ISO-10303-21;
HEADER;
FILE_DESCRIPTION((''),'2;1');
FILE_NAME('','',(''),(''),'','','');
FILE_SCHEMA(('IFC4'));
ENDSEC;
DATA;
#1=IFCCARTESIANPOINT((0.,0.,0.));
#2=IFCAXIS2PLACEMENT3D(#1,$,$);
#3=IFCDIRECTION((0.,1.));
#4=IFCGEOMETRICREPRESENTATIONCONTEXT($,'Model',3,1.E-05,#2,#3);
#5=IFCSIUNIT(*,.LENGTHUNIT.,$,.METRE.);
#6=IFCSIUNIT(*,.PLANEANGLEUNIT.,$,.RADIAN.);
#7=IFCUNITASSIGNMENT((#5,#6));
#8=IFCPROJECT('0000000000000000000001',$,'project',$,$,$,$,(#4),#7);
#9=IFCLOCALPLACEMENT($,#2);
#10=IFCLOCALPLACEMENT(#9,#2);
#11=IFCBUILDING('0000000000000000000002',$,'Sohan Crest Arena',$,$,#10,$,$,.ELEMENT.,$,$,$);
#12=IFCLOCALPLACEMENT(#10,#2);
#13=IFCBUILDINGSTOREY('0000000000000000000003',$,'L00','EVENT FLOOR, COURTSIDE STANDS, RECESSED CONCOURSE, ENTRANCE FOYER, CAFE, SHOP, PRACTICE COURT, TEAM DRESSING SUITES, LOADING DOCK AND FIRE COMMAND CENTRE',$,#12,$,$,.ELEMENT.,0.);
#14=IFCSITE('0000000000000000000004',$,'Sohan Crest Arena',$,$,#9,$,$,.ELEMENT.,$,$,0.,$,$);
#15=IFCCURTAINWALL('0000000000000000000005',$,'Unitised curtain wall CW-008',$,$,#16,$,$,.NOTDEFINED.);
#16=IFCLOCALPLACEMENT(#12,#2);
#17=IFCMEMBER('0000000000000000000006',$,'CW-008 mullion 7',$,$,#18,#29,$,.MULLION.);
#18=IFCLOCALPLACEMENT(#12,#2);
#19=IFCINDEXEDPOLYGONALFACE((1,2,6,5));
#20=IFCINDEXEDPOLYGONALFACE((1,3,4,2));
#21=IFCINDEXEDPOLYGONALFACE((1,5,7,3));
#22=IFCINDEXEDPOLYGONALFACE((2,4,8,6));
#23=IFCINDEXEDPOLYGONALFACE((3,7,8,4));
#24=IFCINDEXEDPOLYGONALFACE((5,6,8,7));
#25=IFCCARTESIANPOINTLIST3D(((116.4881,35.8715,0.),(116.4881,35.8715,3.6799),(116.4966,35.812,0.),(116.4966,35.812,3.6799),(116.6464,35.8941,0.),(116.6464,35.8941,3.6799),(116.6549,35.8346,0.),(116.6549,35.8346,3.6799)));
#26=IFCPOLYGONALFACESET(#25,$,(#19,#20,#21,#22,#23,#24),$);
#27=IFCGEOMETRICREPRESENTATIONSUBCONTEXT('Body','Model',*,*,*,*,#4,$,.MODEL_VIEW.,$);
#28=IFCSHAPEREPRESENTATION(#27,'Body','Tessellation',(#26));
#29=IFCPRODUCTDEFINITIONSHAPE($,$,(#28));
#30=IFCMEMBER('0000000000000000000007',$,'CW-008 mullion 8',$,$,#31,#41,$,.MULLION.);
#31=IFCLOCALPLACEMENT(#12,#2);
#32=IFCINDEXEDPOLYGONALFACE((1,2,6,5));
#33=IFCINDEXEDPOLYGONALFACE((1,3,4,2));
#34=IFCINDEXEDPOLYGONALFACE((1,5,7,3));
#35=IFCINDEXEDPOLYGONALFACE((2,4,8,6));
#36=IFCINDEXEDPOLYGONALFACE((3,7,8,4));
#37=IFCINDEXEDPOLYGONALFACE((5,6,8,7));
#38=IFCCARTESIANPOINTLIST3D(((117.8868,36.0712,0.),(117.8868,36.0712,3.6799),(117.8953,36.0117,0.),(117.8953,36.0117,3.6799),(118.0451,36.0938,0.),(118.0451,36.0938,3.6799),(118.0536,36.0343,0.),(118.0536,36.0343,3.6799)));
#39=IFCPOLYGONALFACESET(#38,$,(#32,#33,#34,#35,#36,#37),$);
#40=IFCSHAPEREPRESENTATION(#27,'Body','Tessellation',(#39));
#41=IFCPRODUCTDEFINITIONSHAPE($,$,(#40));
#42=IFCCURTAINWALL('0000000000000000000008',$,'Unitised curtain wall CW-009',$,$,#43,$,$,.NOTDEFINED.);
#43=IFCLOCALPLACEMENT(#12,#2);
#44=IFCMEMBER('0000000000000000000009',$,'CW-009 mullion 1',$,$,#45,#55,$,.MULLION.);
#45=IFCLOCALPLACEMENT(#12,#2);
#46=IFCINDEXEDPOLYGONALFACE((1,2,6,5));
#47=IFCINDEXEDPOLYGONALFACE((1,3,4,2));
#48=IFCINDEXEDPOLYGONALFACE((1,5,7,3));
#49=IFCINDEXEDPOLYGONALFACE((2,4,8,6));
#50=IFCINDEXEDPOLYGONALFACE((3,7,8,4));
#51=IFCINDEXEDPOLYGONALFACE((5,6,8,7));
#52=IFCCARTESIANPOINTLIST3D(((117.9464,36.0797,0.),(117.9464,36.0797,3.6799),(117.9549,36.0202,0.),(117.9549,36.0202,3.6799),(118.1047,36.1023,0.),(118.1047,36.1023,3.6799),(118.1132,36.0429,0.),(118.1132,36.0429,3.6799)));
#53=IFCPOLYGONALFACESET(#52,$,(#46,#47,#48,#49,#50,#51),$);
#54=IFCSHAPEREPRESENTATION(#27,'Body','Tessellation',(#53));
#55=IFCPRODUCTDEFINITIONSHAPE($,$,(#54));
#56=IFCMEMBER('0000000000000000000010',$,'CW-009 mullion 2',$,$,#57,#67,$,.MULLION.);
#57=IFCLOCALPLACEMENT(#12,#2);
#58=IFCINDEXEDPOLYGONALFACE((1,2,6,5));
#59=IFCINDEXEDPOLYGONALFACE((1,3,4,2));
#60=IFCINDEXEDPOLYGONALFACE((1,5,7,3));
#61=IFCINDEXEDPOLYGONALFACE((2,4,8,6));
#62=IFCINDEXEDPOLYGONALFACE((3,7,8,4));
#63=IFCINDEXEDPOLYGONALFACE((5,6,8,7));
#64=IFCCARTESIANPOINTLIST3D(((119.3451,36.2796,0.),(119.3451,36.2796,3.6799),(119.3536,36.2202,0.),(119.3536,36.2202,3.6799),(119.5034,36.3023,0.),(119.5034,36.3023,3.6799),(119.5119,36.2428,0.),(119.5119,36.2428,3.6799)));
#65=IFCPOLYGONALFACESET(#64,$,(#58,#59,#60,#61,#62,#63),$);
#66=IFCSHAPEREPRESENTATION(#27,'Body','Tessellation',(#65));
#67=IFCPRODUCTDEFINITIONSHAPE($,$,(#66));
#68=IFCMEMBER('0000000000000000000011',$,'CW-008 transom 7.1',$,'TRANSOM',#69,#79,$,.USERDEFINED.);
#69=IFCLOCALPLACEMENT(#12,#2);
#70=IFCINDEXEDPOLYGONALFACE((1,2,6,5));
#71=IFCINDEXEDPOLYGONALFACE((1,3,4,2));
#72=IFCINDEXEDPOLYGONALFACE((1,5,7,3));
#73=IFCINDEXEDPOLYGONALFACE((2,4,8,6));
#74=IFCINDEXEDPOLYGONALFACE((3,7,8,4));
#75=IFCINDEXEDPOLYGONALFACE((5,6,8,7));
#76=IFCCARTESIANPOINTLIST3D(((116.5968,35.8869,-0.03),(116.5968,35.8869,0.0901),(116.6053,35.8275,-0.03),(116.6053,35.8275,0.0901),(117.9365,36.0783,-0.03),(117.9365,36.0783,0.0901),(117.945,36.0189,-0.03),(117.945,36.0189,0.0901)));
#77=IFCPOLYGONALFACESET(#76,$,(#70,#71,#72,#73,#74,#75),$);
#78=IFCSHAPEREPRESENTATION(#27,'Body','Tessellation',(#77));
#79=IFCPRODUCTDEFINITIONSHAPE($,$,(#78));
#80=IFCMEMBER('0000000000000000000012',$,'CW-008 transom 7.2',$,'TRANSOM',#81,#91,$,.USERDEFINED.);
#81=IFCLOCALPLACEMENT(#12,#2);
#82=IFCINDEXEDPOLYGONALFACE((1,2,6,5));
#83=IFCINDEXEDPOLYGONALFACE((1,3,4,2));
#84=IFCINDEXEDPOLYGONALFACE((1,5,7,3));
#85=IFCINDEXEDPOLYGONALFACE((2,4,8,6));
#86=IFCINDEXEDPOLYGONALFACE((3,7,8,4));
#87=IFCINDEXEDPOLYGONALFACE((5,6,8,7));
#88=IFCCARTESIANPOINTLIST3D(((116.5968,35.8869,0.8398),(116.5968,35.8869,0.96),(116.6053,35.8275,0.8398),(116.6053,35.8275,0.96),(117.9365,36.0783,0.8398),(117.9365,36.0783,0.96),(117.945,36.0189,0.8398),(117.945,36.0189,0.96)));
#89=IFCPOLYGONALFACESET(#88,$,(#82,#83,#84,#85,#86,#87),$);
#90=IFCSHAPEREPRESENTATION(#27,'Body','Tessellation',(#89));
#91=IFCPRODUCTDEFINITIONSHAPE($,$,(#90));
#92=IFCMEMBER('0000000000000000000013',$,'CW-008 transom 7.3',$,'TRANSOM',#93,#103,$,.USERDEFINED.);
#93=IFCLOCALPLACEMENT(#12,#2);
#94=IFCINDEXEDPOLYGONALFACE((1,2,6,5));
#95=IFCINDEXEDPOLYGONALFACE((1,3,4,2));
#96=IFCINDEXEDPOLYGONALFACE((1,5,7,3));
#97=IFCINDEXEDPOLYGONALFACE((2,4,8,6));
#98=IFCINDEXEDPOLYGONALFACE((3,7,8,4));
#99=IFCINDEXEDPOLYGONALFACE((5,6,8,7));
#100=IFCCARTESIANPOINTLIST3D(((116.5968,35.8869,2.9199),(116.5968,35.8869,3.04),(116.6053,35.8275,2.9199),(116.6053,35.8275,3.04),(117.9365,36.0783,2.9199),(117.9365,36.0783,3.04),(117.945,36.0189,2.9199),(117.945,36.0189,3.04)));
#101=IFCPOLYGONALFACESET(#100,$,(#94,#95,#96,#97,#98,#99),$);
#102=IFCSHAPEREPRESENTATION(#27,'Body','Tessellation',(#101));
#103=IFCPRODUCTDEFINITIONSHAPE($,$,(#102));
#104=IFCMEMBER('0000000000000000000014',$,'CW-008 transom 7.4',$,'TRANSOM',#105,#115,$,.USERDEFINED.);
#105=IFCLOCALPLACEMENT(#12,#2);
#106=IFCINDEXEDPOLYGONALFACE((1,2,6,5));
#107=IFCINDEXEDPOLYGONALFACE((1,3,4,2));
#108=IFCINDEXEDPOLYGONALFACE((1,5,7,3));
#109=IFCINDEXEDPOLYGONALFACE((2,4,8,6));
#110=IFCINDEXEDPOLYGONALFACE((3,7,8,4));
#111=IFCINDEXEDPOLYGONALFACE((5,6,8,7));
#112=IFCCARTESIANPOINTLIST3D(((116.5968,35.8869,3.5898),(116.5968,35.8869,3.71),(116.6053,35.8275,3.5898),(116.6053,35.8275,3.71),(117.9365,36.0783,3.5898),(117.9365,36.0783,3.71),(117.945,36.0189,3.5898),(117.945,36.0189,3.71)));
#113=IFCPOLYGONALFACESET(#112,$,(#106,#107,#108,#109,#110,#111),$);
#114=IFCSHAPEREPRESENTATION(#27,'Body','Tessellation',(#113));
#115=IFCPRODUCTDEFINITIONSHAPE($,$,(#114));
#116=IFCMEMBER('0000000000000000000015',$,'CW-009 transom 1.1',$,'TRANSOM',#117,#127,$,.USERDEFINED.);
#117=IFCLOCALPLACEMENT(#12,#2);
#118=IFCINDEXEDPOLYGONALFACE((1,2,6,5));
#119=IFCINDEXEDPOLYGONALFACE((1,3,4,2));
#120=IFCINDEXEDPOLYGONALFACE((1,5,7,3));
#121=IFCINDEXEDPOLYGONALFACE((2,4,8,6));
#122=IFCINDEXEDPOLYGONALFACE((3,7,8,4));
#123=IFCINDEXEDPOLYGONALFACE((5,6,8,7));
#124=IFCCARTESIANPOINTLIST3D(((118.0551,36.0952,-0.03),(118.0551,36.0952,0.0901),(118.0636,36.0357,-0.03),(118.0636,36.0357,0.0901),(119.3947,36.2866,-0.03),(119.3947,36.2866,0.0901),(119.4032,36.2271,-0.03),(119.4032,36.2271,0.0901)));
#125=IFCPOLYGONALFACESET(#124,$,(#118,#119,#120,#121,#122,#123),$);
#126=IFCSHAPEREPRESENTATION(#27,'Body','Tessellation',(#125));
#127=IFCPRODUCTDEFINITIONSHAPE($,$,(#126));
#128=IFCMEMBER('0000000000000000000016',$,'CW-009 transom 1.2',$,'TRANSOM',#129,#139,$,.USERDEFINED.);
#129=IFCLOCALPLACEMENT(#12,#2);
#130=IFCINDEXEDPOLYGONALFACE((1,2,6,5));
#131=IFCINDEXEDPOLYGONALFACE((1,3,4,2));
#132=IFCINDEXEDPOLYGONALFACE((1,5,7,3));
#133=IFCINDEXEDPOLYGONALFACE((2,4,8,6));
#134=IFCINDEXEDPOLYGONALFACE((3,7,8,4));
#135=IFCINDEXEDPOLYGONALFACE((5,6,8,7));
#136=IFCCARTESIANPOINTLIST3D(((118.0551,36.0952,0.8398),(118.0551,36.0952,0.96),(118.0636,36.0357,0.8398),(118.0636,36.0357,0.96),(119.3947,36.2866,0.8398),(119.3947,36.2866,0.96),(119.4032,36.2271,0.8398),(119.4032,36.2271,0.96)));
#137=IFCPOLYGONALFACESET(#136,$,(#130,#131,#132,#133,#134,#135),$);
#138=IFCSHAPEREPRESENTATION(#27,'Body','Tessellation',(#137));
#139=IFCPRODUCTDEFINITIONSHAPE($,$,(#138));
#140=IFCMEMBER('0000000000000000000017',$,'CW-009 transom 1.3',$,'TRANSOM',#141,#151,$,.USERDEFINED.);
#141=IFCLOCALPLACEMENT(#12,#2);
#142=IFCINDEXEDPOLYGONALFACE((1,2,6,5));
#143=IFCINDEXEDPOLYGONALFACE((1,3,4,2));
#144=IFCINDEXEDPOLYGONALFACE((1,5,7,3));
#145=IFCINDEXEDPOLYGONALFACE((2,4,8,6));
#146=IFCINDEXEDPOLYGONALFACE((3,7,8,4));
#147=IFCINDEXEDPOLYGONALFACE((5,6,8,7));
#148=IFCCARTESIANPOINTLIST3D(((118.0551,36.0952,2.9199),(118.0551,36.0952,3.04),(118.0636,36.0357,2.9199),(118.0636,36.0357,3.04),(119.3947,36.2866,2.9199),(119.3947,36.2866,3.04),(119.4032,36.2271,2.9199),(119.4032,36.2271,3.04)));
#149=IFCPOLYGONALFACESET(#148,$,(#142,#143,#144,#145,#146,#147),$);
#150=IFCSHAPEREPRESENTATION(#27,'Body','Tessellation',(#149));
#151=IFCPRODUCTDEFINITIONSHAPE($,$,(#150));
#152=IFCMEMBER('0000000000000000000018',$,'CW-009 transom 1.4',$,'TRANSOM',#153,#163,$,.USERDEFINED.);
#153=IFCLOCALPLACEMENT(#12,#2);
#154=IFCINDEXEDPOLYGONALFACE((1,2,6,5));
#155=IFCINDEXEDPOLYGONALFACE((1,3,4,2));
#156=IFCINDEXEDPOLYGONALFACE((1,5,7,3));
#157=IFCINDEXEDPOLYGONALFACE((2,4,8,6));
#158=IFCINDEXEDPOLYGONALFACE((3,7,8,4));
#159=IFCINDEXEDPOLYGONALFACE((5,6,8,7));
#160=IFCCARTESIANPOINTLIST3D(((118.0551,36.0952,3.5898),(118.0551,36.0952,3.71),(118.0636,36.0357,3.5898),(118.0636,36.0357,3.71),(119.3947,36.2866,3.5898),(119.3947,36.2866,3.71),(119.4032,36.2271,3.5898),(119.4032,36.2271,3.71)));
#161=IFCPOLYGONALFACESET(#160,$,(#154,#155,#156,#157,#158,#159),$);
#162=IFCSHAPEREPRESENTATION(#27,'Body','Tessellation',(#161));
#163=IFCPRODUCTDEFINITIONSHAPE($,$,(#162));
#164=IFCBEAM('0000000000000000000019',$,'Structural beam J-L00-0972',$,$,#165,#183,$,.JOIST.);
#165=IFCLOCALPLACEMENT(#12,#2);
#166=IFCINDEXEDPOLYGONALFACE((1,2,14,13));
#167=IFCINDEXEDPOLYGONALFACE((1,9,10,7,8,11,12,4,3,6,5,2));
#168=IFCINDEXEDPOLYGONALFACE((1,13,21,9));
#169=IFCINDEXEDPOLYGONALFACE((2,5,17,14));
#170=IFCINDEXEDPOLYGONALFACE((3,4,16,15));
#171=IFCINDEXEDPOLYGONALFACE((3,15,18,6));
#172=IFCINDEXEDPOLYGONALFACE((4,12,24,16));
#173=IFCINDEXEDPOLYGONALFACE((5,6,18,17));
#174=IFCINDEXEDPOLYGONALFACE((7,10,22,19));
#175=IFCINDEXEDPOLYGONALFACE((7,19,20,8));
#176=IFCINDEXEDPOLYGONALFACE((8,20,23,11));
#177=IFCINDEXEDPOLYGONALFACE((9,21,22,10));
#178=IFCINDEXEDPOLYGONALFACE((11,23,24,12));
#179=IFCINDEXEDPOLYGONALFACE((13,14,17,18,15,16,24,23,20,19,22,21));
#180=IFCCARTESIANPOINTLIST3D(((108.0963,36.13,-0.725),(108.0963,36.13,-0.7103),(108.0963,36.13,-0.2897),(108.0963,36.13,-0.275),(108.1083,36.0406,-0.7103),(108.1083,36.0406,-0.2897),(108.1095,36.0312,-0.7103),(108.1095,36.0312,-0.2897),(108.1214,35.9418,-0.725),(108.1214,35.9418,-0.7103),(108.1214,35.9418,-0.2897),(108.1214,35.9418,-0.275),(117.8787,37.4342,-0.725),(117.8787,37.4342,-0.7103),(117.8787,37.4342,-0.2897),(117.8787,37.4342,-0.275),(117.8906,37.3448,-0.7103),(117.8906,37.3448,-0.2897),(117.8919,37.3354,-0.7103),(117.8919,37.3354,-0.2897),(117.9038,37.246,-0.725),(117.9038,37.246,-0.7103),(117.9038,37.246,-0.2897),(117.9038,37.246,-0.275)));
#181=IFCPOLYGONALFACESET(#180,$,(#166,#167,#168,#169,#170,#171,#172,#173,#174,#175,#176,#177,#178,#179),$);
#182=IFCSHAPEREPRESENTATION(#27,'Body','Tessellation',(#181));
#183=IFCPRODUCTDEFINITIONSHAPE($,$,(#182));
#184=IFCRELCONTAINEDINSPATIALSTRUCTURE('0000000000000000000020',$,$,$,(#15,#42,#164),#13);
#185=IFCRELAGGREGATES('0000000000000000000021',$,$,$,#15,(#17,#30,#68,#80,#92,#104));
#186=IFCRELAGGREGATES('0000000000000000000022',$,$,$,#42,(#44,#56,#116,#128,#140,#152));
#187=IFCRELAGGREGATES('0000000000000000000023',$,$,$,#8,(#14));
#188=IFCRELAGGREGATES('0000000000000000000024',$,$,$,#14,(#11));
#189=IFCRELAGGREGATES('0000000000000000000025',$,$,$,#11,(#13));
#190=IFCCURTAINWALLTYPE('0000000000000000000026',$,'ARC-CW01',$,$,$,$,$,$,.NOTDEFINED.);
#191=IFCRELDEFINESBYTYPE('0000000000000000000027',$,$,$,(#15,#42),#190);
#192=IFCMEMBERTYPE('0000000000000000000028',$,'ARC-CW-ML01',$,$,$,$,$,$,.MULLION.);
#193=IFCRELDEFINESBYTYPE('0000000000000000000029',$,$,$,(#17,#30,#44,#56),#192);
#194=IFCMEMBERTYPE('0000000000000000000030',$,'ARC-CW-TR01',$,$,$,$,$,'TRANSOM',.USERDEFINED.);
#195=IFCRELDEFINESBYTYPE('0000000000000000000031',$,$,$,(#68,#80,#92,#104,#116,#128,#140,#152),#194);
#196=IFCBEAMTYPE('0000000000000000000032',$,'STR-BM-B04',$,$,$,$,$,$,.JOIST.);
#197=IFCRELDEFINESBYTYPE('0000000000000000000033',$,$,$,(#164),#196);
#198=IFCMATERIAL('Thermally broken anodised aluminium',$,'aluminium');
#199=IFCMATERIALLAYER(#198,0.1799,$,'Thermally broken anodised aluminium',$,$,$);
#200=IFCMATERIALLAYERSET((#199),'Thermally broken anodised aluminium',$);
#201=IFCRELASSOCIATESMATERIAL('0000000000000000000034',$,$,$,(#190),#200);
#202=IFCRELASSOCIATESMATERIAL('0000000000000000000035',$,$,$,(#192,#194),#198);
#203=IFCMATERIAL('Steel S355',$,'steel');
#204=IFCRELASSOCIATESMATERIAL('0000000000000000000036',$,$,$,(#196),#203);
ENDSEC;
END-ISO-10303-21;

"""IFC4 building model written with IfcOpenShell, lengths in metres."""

from ifc_helpers import new_model, si_unit, direction, frame, origin, origin_2d, place, context, subcontext, project, spatial, rectangle, i_section, extrude, material, layer, layer_set, material_profile, profile_set, type_object, element, aggregate, save


model = new_model("IFC4")

# Units and contexts
model_context = context("Model", 3, precision=1e-05, world=origin(), true_north=direction((0.0, 1.0)))
body_context = subcontext(model_context, "Body", "Model", "MODEL_VIEW")
ifc_project = project(units=[si_unit("LENGTHUNIT", "METRE"), si_unit("PLANEANGLEUNIT", "RADIAN")], contexts=[model_context])

# Site, building, storey
site_placement = place(None, origin())
site = spatial("IfcSite", under=ifc_project, at=site_placement, Name="Sohan Crest Arena", CompositionType="ELEMENT", RefElevation=0.0)
building_placement = place(site_placement, origin())
building = spatial("IfcBuilding", under=site, at=building_placement, Name="Sohan Crest Arena", CompositionType="ELEMENT")
storey_placement = place(building_placement, origin())
storey = spatial("IfcBuildingStorey", under=building, at=storey_placement, Name="L00", Description="EVENT FLOOR, COURTSIDE STANDS, RECESSED CONCOURSE, ENTRANCE FOYER, CAFE, SHOP, PRACTICE COURT, TEAM DRESSING SUITES, LOADING DOCK AND FIRE COMMAND CENTRE", CompositionType="ELEMENT", Elevation=0.0)

# Curtain walls, members
ifc_material_1 = material(Name="Thermally broken anodised aluminium", Category="aluminium")
ifc_layer_1 = layer(ifc_material_1, 0.1799, Name="Thermally broken anodised aluminium")
ifc_layer_set_1 = layer_set([ifc_layer_1], Name="Thermally broken anodised aluminium")
curtain_wall_type = type_object("IfcCurtainWallType", Name="ARC-CW01", PredefinedType="NOTDEFINED", material=ifc_layer_set_1)
curtain_wall_1_placement = place(storey_placement, origin())
curtain_wall_1 = element("IfcCurtainWall", 1, at=curtain_wall_1_placement, inside=storey, type_object=curtain_wall_type, Name="Unitised curtain wall CW-008", PredefinedType="NOTDEFINED")
ifc_material_profile_1 = material_profile(ifc_material_1, rectangle(XDim=0.0601, YDim=0.1599, at=origin_2d()), Name="ALU-MULL 60x160")
ifc_profile_set_1 = profile_set([ifc_material_profile_1], Name="Thermally broken anodised aluminium")
member_type_1 = type_object("IfcMemberType", Name="ARC-CW-ML01", PredefinedType="MULLION", material=ifc_profile_set_1)
member_1_placement = place(storey_placement, frame((116.5715, 35.853, 0.0), z_axis=(0.0, 0.0, 1.0), x_axis=(-0.141366, 0.989957, 0.0)))
member_1 = element("IfcMember", 2, at=member_1_placement, type_object=member_type_1, Name="CW-008 mullion 7", PredefinedType="MULLION", context=body_context, shape_type="SweptSolid", body=[
    extrude(rectangle(XDim=0.0601, YDim=0.1599, at=origin_2d()), origin(), (0.0, 0.0, 1.0), 3.6799),
])
member_2_placement = place(storey_placement, frame((117.9702, 36.0527, 0.0), z_axis=(0.0, 0.0, 1.0), x_axis=(-0.141366, 0.989957, 0.0)))
member_2 = element("IfcMember", 3, at=member_2_placement, type_object=member_type_1, Name="CW-008 mullion 8", PredefinedType="MULLION", context=body_context, shape_type="SweptSolid", body=[
    extrude(rectangle(XDim=0.0601, YDim=0.1599, at=origin_2d()), origin(), (0.0, 0.0, 1.0), 3.6799),
])
curtain_wall_2_placement = place(storey_placement, origin())
curtain_wall_2 = element("IfcCurtainWall", 4, at=curtain_wall_2_placement, inside=storey, type_object=curtain_wall_type, Name="Unitised curtain wall CW-009", PredefinedType="NOTDEFINED")
member_3_placement = place(storey_placement, frame((118.0298, 36.0613, 0.0), z_axis=(0.0, 0.0, 1.0), x_axis=(-0.141463, 0.989944, 0.0)))
member_3 = element("IfcMember", 5, at=member_3_placement, type_object=member_type_1, Name="CW-009 mullion 1", PredefinedType="MULLION", context=body_context, shape_type="SweptSolid", body=[
    extrude(rectangle(XDim=0.0601, YDim=0.1599, at=origin_2d()), origin(), (0.0, 0.0, 1.0), 3.6799),
])
member_4_placement = place(storey_placement, frame((119.4285, 36.2612, 0.0), z_axis=(0.0, 0.0, 1.0), x_axis=(-0.141463, 0.989944, 0.0)))
member_4 = element("IfcMember", 6, at=member_4_placement, type_object=member_type_1, Name="CW-009 mullion 2", PredefinedType="MULLION", context=body_context, shape_type="SweptSolid", body=[
    extrude(rectangle(XDim=0.0601, YDim=0.1599, at=origin_2d()), origin(), (0.0, 0.0, 1.0), 3.6799),
])

# Members
ifc_material_profile_2 = material_profile(ifc_material_1, rectangle(XDim=0.0601, YDim=0.1201, at=origin_2d()), Name="ALU-TRAN 60x120")
ifc_profile_set_2 = profile_set([ifc_material_profile_2], Name="Thermally broken anodised aluminium")
member_type_2 = type_object("IfcMemberType", Name="ARC-CW-TR01", ElementType="TRANSOM", PredefinedType="USERDEFINED", material=ifc_profile_set_2)
member_5_placement = place(storey_placement, frame((116.6011, 35.8572, 0.03), z_axis=(0.989946, 0.141447, 0.0), x_axis=(-0.141447, 0.989946, 0.0)))
member_5 = element("IfcMember", 7, at=member_5_placement, type_object=member_type_2, Name="CW-008 transom 7.1", ObjectType="TRANSOM", PredefinedType="USERDEFINED", context=body_context, shape_type="SweptSolid", body=[
    extrude(rectangle(XDim=0.0601, YDim=0.1201, at=origin_2d()), origin(), (0.0, 0.0, 1.0), 1.3533),
])
member_6_placement = place(storey_placement, frame((116.6011, 35.8572, 0.8999), z_axis=(0.989946, 0.141447, 0.0), x_axis=(-0.141447, 0.989946, 0.0)))
member_6 = element("IfcMember", 8, at=member_6_placement, type_object=member_type_2, Name="CW-008 transom 7.2", ObjectType="TRANSOM", PredefinedType="USERDEFINED", context=body_context, shape_type="SweptSolid", body=[
    extrude(rectangle(XDim=0.0601, YDim=0.1201, at=origin_2d()), origin(), (0.0, 0.0, 1.0), 1.3533),
])
member_7_placement = place(storey_placement, frame((116.6011, 35.8572, 2.98), z_axis=(0.989946, 0.141447, 0.0), x_axis=(-0.141447, 0.989946, 0.0)))
member_7 = element("IfcMember", 9, at=member_7_placement, type_object=member_type_2, Name="CW-008 transom 7.3", ObjectType="TRANSOM", PredefinedType="USERDEFINED", context=body_context, shape_type="SweptSolid", body=[
    extrude(rectangle(XDim=0.0601, YDim=0.1201, at=origin_2d()), origin(), (0.0, 0.0, 1.0), 1.3533),
])
member_8_placement = place(storey_placement, frame((116.6011, 35.8572, 3.6499), z_axis=(0.989946, 0.141447, 0.0), x_axis=(-0.141447, 0.989946, 0.0)))
member_8 = element("IfcMember", 10, at=member_8_placement, type_object=member_type_2, Name="CW-008 transom 7.4", ObjectType="TRANSOM", PredefinedType="USERDEFINED", context=body_context, shape_type="SweptSolid", body=[
    extrude(rectangle(XDim=0.0601, YDim=0.1201, at=origin_2d()), origin(), (0.0, 0.0, 1.0), 1.3533),
])
member_9_placement = place(storey_placement, frame((118.0593, 36.0654, 0.03), z_axis=(0.989946, 0.141447, 0.0), x_axis=(-0.141447, 0.989946, 0.0)))
member_9 = element("IfcMember", 11, at=member_9_placement, type_object=member_type_2, Name="CW-009 transom 1.1", ObjectType="TRANSOM", PredefinedType="USERDEFINED", context=body_context, shape_type="SweptSolid", body=[
    extrude(rectangle(XDim=0.0601, YDim=0.1201, at=origin_2d()), origin(), (0.0, 0.0, 1.0), 1.3533),
])
member_10_placement = place(storey_placement, frame((118.0593, 36.0654, 0.8999), z_axis=(0.989946, 0.141447, 0.0), x_axis=(-0.141447, 0.989946, 0.0)))
member_10 = element("IfcMember", 12, at=member_10_placement, type_object=member_type_2, Name="CW-009 transom 1.2", ObjectType="TRANSOM", PredefinedType="USERDEFINED", context=body_context, shape_type="SweptSolid", body=[
    extrude(rectangle(XDim=0.0601, YDim=0.1201, at=origin_2d()), origin(), (0.0, 0.0, 1.0), 1.3533),
])
member_11_placement = place(storey_placement, frame((118.0593, 36.0654, 2.98), z_axis=(0.989946, 0.141447, 0.0), x_axis=(-0.141447, 0.989946, 0.0)))
member_11 = element("IfcMember", 13, at=member_11_placement, type_object=member_type_2, Name="CW-009 transom 1.3", ObjectType="TRANSOM", PredefinedType="USERDEFINED", context=body_context, shape_type="SweptSolid", body=[
    extrude(rectangle(XDim=0.0601, YDim=0.1201, at=origin_2d()), origin(), (0.0, 0.0, 1.0), 1.3533),
])
member_12_placement = place(storey_placement, frame((118.0593, 36.0654, 3.6499), z_axis=(0.989946, 0.141447, 0.0), x_axis=(-0.141447, 0.989946, 0.0)))
member_12 = element("IfcMember", 14, at=member_12_placement, type_object=member_type_2, Name="CW-009 transom 1.4", ObjectType="TRANSOM", PredefinedType="USERDEFINED", context=body_context, shape_type="SweptSolid", body=[
    extrude(rectangle(XDim=0.0601, YDim=0.1201, at=origin_2d()), origin(), (0.0, 0.0, 1.0), 1.3533),
])

# Beam
ifc_material_2 = material(Name="Steel S355", Category="steel")
ifc_material_profile_3 = material_profile(ifc_material_2, i_section(OverallWidth=0.1899, OverallDepth=0.45, WebThickness=0.0095, FlangeThickness=0.0146, at=origin_2d()), Name="IPE 450")
ifc_profile_set_3 = profile_set([ifc_material_profile_3], Name="Steel S355")
beam_type_1 = type_object("IfcBeamType", Name="STR-BM-B04", PredefinedType="JOIST", material=ifc_profile_set_3)
beam_1_placement = place(storey_placement, frame((108.1089, 36.0359, -0.5), z_axis=(0.991229, 0.132154, 0.0), x_axis=(-0.132154, 0.991229, 0.0)))
element("IfcBeam", 15, at=beam_1_placement, inside=storey, type_object=beam_type_1, Name="Structural beam J-L00-0972", PredefinedType="JOIST", context=body_context, shape_type="SweptSolid", body=[
    extrude(i_section(OverallWidth=0.1899, OverallDepth=0.45, WebThickness=0.0095, FlangeThickness=0.0146, at=origin_2d()), origin(), (0.0, 0.0, 1.0), 9.8689),
])

aggregate(curtain_wall_1, [member_1, member_2, member_5, member_6, member_7, member_8])
aggregate(curtain_wall_2, [member_3, member_4, member_9, member_10, member_11, member_12])

save(model, "model.ifc")
